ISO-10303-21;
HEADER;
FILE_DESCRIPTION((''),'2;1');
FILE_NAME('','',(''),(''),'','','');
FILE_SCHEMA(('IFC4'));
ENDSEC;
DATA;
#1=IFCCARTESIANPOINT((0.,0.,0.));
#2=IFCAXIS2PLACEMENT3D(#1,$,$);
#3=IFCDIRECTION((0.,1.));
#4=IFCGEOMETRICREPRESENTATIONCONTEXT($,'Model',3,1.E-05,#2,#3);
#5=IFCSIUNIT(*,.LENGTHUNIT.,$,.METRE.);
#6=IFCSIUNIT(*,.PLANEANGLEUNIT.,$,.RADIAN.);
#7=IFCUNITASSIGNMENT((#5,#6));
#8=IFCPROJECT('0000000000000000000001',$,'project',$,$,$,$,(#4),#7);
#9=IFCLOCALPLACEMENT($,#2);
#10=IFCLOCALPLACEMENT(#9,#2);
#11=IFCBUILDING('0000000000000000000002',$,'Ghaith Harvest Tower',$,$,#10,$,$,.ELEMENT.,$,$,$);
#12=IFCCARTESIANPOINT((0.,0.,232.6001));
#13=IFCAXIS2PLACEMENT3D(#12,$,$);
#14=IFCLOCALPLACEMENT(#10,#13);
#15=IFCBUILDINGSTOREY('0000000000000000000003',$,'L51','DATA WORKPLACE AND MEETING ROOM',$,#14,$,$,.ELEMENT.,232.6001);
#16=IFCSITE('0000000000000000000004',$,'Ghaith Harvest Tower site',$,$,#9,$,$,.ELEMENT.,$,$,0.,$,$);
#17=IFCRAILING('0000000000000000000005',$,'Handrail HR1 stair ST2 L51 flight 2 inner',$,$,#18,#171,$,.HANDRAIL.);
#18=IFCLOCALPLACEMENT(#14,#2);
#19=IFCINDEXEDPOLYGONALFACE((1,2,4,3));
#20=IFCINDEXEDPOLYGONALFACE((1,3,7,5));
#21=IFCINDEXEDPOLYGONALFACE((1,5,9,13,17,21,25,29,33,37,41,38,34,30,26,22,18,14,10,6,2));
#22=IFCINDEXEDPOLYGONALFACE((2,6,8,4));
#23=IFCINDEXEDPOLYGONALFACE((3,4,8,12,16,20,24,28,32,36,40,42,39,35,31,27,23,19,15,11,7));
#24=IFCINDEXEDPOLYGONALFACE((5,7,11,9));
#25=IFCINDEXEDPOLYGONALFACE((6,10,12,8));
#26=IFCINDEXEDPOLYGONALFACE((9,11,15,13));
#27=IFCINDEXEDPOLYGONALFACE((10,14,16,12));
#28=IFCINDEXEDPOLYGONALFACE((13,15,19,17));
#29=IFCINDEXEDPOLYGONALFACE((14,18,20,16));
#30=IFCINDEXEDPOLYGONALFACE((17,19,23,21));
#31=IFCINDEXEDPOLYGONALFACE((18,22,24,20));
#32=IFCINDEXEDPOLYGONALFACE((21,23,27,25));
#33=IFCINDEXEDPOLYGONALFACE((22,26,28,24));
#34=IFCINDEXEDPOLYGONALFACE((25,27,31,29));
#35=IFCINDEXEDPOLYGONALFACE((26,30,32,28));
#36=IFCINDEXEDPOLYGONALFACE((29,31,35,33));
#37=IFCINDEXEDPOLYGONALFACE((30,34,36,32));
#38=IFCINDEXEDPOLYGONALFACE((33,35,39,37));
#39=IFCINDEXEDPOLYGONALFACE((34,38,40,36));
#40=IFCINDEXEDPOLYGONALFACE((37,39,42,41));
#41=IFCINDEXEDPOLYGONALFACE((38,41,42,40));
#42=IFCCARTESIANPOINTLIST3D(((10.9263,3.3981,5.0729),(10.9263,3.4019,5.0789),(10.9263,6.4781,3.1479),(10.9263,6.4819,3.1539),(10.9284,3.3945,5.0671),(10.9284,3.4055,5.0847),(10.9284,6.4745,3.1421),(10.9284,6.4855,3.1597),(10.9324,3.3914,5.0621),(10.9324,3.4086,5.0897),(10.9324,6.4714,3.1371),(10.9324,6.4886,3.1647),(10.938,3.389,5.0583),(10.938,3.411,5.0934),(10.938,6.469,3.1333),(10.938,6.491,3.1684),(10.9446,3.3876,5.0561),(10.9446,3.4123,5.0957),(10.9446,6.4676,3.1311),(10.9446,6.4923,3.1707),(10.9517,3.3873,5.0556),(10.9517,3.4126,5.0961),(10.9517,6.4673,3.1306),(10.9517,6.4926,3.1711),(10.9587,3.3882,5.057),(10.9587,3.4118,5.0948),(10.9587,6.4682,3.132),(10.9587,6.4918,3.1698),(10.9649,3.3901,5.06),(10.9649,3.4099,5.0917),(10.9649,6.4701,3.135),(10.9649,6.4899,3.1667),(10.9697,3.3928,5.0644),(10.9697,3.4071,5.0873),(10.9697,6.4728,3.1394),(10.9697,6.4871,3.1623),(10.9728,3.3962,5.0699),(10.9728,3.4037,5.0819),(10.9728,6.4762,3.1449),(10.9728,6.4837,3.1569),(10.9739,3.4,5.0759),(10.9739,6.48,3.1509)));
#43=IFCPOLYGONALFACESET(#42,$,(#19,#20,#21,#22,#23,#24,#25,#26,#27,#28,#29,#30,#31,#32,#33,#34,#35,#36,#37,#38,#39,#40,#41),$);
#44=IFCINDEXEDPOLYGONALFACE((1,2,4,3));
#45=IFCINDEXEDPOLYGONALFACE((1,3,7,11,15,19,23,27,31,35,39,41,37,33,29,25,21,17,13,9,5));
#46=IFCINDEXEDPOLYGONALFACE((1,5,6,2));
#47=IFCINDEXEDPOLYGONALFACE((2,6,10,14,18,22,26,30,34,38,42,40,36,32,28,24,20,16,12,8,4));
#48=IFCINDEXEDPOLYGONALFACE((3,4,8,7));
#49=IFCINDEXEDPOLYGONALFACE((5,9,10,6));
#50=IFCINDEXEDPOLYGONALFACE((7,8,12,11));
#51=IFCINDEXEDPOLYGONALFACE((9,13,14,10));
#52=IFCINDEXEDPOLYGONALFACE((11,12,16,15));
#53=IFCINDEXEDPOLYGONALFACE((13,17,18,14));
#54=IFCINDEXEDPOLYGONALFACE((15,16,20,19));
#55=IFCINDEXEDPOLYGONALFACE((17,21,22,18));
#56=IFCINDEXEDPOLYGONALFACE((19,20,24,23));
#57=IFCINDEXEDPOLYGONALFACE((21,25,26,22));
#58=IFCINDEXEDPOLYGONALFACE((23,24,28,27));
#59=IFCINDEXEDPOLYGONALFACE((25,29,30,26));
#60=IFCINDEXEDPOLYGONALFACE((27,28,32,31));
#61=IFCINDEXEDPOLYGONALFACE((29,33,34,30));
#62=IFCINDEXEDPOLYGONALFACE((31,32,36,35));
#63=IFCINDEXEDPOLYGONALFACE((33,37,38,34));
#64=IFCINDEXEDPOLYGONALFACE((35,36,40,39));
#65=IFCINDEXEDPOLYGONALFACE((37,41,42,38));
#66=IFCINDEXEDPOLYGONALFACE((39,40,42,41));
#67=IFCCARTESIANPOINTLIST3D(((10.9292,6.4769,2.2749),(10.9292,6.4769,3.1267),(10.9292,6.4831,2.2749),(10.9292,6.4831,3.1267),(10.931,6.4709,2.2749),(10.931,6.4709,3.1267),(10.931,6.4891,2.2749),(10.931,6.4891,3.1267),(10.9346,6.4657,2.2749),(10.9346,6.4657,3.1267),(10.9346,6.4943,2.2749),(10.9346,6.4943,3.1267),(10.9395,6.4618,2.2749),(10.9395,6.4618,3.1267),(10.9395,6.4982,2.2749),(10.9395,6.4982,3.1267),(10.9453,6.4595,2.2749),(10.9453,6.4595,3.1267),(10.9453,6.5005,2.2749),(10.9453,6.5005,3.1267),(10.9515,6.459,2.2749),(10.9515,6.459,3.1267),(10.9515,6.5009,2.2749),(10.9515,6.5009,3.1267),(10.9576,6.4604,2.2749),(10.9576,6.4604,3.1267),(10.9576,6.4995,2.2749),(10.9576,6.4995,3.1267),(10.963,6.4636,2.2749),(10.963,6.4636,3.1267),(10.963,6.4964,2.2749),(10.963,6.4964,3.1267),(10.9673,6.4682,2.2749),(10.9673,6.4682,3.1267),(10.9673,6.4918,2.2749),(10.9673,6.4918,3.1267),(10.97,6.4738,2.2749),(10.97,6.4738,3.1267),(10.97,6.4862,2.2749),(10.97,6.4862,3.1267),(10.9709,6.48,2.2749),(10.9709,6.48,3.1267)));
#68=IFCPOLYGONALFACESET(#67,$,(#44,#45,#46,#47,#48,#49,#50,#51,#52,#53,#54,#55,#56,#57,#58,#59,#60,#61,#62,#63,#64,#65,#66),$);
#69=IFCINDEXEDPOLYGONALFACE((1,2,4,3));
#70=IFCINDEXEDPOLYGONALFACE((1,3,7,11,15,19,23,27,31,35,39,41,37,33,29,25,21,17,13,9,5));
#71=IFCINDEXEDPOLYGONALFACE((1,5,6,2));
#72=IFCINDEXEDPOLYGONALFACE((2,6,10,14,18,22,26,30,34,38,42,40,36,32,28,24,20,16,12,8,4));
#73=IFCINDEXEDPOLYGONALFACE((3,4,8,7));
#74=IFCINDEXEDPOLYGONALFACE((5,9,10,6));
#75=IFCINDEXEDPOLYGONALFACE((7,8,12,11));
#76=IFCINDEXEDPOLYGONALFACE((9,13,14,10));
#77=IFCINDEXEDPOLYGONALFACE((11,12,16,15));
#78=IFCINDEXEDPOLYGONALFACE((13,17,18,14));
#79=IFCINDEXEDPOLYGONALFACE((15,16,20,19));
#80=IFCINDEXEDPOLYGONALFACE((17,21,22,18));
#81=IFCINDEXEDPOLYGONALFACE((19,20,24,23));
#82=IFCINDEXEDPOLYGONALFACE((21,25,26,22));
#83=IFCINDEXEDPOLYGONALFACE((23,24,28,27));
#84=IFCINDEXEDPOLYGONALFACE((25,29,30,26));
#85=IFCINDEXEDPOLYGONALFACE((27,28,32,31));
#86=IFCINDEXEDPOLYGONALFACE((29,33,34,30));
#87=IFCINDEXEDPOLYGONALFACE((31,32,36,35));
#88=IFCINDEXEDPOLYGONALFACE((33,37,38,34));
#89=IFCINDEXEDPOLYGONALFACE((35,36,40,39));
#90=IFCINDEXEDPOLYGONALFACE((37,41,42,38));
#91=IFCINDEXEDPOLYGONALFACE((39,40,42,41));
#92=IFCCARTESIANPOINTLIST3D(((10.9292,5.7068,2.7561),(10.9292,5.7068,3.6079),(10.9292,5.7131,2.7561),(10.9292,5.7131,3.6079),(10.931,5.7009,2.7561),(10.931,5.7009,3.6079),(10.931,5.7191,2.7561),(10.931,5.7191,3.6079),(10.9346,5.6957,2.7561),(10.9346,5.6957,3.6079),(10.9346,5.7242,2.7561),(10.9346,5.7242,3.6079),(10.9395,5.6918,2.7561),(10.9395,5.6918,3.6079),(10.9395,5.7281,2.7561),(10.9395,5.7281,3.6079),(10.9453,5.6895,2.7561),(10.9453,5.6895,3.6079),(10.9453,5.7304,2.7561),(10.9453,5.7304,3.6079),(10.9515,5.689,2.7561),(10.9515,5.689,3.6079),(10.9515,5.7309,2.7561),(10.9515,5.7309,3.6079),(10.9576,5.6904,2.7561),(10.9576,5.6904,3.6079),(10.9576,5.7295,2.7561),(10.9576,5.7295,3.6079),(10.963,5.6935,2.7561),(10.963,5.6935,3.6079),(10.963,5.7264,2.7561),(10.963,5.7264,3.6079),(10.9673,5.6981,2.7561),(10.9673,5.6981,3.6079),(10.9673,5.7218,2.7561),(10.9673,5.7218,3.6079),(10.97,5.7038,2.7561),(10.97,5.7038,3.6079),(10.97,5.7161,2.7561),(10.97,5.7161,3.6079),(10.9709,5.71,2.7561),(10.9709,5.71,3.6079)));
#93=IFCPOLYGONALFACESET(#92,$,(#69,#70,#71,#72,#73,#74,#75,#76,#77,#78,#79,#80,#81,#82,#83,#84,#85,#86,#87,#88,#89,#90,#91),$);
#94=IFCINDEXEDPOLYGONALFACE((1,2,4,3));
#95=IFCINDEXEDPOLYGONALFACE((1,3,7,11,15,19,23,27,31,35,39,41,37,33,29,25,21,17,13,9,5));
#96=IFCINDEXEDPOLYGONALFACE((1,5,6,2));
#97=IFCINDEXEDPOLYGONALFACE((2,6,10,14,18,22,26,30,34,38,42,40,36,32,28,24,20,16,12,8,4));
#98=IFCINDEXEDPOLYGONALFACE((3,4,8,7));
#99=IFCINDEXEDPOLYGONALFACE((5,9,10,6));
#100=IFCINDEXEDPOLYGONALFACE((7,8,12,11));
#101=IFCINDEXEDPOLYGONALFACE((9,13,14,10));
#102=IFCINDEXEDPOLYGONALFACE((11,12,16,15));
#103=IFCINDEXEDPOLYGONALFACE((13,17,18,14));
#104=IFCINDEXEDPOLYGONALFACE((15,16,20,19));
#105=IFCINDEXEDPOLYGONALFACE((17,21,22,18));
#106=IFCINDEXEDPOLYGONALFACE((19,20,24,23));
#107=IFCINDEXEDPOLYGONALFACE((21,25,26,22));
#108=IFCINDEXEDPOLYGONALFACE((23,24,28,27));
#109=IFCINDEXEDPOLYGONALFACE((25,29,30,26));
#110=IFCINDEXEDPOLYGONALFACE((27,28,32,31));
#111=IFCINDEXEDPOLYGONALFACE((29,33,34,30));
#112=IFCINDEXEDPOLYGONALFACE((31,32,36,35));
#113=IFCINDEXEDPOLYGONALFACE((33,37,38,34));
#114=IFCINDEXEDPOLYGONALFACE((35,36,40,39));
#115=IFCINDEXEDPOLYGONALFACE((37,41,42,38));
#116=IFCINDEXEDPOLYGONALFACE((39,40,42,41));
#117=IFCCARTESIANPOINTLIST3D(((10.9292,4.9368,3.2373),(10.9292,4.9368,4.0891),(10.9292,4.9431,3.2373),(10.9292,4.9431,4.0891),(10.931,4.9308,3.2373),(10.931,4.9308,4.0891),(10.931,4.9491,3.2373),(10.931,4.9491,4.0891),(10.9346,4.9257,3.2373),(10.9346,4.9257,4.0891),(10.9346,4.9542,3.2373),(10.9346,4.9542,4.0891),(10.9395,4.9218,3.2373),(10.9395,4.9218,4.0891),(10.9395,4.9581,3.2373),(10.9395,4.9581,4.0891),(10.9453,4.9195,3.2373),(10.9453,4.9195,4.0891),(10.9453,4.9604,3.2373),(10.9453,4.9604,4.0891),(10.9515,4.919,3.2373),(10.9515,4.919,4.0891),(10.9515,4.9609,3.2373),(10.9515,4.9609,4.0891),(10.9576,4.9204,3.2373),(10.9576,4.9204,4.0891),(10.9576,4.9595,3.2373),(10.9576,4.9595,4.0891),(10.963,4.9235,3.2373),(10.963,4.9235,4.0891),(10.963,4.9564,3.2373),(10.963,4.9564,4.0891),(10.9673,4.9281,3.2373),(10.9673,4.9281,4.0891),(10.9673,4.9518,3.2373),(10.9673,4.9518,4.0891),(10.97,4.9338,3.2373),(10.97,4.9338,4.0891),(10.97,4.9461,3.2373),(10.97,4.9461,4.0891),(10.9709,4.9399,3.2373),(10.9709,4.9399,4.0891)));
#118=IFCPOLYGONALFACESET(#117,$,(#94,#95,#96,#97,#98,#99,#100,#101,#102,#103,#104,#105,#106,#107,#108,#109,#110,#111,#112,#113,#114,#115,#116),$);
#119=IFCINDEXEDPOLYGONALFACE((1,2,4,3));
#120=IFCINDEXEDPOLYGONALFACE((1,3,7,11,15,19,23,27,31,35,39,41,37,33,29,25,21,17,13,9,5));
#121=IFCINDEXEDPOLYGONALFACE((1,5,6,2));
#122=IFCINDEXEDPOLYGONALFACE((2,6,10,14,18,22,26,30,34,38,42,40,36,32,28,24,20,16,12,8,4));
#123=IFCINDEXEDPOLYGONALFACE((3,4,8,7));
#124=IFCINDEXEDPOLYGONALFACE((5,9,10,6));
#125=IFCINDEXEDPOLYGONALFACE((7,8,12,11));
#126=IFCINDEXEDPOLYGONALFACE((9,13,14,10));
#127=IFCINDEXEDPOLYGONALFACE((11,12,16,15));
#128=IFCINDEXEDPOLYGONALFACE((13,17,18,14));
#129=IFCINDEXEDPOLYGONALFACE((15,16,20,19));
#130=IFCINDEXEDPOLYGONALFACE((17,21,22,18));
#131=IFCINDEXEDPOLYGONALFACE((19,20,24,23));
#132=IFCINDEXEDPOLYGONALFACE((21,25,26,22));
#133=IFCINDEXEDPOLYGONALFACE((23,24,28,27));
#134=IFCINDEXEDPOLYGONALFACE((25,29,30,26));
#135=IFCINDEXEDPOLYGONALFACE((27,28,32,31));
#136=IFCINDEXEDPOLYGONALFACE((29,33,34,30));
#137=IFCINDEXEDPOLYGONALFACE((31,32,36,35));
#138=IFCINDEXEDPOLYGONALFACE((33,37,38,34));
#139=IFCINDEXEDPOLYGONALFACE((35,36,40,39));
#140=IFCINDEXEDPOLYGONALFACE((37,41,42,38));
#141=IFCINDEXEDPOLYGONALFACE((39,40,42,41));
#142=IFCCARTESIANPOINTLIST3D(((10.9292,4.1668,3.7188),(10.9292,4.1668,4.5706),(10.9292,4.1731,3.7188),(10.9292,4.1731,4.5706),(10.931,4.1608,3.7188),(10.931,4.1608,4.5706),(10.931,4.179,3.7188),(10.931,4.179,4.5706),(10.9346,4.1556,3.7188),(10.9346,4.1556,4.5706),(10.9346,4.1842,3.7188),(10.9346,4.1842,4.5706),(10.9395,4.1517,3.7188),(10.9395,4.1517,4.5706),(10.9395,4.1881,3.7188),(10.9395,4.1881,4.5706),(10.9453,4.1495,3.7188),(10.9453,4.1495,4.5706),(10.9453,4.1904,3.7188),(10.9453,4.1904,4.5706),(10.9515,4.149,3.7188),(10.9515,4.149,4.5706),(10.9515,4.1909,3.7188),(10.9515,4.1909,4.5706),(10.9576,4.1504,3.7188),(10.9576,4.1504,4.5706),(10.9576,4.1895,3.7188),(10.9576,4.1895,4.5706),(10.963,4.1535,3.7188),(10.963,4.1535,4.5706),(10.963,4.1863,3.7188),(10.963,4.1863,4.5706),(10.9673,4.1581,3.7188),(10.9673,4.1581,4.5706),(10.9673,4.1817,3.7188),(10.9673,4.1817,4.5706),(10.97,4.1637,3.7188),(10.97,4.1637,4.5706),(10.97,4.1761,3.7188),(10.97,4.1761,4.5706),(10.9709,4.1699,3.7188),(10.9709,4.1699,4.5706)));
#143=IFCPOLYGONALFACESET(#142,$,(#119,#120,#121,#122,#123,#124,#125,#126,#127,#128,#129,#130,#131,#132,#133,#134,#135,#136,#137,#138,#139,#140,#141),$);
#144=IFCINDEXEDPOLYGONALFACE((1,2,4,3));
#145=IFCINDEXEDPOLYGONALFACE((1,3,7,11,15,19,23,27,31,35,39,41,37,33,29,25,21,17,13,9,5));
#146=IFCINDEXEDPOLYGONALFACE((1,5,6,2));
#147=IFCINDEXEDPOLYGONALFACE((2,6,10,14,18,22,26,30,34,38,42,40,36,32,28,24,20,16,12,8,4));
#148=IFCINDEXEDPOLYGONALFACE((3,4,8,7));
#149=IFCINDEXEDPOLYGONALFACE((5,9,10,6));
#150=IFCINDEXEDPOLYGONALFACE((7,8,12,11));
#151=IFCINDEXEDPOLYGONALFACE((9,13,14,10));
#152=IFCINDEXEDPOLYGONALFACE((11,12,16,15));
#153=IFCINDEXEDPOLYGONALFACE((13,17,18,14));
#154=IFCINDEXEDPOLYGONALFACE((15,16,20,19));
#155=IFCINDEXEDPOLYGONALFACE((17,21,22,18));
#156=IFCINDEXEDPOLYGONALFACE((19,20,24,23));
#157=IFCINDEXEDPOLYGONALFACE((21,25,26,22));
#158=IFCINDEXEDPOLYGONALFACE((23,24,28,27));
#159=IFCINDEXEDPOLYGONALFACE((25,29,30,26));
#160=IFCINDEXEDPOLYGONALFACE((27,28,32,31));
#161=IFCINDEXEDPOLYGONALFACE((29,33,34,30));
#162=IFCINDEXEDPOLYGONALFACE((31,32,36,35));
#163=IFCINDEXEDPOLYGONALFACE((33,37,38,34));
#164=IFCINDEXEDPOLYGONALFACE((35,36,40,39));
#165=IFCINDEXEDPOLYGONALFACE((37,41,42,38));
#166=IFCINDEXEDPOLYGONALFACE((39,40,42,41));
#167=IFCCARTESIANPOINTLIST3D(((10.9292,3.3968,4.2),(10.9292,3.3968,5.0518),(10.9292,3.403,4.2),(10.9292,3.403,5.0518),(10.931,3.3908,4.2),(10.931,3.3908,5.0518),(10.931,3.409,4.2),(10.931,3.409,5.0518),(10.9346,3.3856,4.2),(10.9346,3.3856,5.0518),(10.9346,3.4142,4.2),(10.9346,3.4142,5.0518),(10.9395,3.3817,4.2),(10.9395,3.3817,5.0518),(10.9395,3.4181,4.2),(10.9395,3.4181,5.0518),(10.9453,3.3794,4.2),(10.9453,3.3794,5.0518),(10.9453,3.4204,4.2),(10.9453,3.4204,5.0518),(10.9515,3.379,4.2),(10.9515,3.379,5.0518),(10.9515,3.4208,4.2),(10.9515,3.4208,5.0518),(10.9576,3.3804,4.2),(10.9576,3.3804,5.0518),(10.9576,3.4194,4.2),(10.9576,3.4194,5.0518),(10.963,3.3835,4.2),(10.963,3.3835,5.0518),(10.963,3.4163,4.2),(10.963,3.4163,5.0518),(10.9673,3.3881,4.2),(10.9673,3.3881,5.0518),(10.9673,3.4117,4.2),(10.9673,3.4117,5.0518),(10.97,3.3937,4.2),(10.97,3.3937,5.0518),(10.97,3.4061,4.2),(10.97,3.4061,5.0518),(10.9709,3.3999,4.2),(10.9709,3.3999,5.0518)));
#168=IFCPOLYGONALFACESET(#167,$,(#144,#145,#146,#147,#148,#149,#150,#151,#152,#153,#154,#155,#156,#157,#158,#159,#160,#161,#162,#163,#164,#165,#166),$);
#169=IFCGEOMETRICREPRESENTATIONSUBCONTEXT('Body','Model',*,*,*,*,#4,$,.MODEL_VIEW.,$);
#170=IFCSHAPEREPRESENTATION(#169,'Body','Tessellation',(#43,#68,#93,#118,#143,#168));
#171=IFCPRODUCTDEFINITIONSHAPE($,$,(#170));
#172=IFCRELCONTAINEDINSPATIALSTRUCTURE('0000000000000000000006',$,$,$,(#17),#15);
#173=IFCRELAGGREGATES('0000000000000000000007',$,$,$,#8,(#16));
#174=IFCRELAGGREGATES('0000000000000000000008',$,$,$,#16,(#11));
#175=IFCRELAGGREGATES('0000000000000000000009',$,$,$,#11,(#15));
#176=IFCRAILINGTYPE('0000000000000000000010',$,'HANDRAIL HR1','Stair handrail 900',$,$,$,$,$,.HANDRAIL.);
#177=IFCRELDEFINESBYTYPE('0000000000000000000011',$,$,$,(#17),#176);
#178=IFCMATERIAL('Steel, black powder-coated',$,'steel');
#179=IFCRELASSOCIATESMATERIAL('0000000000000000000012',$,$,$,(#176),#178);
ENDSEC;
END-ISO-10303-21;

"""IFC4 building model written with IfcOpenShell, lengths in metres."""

from ifc_helpers import new_model, si_unit, direction, frame, origin, origin_2d, place, context, subcontext, project, spatial, circle, extrude, material, type_object, element, save


model = new_model("IFC4")

# Units and contexts
model_context = context("Model", 3, precision=1e-05, world=origin(), true_north=direction((0.0, 1.0)))
body_context = subcontext(model_context, "Body", "Model", "MODEL_VIEW")
ifc_project = project(units=[si_unit("LENGTHUNIT", "METRE"), si_unit("PLANEANGLEUNIT", "RADIAN")], contexts=[model_context])

# Site, building, storey
site_placement = place(None, origin())
site = spatial("IfcSite", under=ifc_project, at=site_placement, Name="Ghaith Harvest Tower site", CompositionType="ELEMENT", RefElevation=0.0)
building_placement = place(site_placement, origin())
building = spatial("IfcBuilding", under=site, at=building_placement, Name="Ghaith Harvest Tower", CompositionType="ELEMENT")
storey_placement = place(building_placement, frame((0.0, 0.0, 232.6001)))
storey = spatial("IfcBuildingStorey", under=building, at=storey_placement, Name="L51", Description="DATA WORKPLACE AND MEETING ROOM", CompositionType="ELEMENT", Elevation=232.6001)

# Railing
ifc_material_1 = material(Name="Steel, black powder-coated", Category="steel")
railing_type = type_object("IfcRailingType", Name="HANDRAIL HR1", Description="Stair handrail 900", PredefinedType="HANDRAIL", material=ifc_material_1)
railing_1_placement = place(storey_placement, frame((10.95, 6.48, 2.2749)))
element("IfcRailing", 1, at=railing_1_placement, inside=storey, type_object=railing_type, Name="Handrail HR1 stair ST2 L51 flight 2 inner", PredefinedType="HANDRAIL", context=body_context, shape_type="SweptSolid", body=[
    extrude(circle(Radius=0.0239, at=origin_2d()), frame((0.0, 0.0, 0.876), z_axis=(0.0, -0.847998, 0.529999), x_axis=(1.0, 0.0, 0.0)), (0.0, 0.0, 1.0), 3.6321),
    extrude(circle(Radius=0.021, at=origin_2d()), origin(), (0.0, 0.0, 1.0), 0.8518),
    extrude(circle(Radius=0.021, at=origin_2d()), frame((0.0, -0.77, 0.4812)), (0.0, 0.0, 1.0), 0.8518),
    extrude(circle(Radius=0.021, at=origin_2d()), frame((0.0, -1.54, 0.9624)), (0.0, 0.0, 1.0), 0.8518),
    extrude(circle(Radius=0.021, at=origin_2d()), frame((0.0, -2.3101, 1.4438)), (0.0, 0.0, 1.0), 0.8518),
    extrude(circle(Radius=0.021, at=origin_2d()), frame((0.0, -3.0801, 1.925)), (0.0, 0.0, 1.0), 0.8518),
])

save(model, "model.ifc")
